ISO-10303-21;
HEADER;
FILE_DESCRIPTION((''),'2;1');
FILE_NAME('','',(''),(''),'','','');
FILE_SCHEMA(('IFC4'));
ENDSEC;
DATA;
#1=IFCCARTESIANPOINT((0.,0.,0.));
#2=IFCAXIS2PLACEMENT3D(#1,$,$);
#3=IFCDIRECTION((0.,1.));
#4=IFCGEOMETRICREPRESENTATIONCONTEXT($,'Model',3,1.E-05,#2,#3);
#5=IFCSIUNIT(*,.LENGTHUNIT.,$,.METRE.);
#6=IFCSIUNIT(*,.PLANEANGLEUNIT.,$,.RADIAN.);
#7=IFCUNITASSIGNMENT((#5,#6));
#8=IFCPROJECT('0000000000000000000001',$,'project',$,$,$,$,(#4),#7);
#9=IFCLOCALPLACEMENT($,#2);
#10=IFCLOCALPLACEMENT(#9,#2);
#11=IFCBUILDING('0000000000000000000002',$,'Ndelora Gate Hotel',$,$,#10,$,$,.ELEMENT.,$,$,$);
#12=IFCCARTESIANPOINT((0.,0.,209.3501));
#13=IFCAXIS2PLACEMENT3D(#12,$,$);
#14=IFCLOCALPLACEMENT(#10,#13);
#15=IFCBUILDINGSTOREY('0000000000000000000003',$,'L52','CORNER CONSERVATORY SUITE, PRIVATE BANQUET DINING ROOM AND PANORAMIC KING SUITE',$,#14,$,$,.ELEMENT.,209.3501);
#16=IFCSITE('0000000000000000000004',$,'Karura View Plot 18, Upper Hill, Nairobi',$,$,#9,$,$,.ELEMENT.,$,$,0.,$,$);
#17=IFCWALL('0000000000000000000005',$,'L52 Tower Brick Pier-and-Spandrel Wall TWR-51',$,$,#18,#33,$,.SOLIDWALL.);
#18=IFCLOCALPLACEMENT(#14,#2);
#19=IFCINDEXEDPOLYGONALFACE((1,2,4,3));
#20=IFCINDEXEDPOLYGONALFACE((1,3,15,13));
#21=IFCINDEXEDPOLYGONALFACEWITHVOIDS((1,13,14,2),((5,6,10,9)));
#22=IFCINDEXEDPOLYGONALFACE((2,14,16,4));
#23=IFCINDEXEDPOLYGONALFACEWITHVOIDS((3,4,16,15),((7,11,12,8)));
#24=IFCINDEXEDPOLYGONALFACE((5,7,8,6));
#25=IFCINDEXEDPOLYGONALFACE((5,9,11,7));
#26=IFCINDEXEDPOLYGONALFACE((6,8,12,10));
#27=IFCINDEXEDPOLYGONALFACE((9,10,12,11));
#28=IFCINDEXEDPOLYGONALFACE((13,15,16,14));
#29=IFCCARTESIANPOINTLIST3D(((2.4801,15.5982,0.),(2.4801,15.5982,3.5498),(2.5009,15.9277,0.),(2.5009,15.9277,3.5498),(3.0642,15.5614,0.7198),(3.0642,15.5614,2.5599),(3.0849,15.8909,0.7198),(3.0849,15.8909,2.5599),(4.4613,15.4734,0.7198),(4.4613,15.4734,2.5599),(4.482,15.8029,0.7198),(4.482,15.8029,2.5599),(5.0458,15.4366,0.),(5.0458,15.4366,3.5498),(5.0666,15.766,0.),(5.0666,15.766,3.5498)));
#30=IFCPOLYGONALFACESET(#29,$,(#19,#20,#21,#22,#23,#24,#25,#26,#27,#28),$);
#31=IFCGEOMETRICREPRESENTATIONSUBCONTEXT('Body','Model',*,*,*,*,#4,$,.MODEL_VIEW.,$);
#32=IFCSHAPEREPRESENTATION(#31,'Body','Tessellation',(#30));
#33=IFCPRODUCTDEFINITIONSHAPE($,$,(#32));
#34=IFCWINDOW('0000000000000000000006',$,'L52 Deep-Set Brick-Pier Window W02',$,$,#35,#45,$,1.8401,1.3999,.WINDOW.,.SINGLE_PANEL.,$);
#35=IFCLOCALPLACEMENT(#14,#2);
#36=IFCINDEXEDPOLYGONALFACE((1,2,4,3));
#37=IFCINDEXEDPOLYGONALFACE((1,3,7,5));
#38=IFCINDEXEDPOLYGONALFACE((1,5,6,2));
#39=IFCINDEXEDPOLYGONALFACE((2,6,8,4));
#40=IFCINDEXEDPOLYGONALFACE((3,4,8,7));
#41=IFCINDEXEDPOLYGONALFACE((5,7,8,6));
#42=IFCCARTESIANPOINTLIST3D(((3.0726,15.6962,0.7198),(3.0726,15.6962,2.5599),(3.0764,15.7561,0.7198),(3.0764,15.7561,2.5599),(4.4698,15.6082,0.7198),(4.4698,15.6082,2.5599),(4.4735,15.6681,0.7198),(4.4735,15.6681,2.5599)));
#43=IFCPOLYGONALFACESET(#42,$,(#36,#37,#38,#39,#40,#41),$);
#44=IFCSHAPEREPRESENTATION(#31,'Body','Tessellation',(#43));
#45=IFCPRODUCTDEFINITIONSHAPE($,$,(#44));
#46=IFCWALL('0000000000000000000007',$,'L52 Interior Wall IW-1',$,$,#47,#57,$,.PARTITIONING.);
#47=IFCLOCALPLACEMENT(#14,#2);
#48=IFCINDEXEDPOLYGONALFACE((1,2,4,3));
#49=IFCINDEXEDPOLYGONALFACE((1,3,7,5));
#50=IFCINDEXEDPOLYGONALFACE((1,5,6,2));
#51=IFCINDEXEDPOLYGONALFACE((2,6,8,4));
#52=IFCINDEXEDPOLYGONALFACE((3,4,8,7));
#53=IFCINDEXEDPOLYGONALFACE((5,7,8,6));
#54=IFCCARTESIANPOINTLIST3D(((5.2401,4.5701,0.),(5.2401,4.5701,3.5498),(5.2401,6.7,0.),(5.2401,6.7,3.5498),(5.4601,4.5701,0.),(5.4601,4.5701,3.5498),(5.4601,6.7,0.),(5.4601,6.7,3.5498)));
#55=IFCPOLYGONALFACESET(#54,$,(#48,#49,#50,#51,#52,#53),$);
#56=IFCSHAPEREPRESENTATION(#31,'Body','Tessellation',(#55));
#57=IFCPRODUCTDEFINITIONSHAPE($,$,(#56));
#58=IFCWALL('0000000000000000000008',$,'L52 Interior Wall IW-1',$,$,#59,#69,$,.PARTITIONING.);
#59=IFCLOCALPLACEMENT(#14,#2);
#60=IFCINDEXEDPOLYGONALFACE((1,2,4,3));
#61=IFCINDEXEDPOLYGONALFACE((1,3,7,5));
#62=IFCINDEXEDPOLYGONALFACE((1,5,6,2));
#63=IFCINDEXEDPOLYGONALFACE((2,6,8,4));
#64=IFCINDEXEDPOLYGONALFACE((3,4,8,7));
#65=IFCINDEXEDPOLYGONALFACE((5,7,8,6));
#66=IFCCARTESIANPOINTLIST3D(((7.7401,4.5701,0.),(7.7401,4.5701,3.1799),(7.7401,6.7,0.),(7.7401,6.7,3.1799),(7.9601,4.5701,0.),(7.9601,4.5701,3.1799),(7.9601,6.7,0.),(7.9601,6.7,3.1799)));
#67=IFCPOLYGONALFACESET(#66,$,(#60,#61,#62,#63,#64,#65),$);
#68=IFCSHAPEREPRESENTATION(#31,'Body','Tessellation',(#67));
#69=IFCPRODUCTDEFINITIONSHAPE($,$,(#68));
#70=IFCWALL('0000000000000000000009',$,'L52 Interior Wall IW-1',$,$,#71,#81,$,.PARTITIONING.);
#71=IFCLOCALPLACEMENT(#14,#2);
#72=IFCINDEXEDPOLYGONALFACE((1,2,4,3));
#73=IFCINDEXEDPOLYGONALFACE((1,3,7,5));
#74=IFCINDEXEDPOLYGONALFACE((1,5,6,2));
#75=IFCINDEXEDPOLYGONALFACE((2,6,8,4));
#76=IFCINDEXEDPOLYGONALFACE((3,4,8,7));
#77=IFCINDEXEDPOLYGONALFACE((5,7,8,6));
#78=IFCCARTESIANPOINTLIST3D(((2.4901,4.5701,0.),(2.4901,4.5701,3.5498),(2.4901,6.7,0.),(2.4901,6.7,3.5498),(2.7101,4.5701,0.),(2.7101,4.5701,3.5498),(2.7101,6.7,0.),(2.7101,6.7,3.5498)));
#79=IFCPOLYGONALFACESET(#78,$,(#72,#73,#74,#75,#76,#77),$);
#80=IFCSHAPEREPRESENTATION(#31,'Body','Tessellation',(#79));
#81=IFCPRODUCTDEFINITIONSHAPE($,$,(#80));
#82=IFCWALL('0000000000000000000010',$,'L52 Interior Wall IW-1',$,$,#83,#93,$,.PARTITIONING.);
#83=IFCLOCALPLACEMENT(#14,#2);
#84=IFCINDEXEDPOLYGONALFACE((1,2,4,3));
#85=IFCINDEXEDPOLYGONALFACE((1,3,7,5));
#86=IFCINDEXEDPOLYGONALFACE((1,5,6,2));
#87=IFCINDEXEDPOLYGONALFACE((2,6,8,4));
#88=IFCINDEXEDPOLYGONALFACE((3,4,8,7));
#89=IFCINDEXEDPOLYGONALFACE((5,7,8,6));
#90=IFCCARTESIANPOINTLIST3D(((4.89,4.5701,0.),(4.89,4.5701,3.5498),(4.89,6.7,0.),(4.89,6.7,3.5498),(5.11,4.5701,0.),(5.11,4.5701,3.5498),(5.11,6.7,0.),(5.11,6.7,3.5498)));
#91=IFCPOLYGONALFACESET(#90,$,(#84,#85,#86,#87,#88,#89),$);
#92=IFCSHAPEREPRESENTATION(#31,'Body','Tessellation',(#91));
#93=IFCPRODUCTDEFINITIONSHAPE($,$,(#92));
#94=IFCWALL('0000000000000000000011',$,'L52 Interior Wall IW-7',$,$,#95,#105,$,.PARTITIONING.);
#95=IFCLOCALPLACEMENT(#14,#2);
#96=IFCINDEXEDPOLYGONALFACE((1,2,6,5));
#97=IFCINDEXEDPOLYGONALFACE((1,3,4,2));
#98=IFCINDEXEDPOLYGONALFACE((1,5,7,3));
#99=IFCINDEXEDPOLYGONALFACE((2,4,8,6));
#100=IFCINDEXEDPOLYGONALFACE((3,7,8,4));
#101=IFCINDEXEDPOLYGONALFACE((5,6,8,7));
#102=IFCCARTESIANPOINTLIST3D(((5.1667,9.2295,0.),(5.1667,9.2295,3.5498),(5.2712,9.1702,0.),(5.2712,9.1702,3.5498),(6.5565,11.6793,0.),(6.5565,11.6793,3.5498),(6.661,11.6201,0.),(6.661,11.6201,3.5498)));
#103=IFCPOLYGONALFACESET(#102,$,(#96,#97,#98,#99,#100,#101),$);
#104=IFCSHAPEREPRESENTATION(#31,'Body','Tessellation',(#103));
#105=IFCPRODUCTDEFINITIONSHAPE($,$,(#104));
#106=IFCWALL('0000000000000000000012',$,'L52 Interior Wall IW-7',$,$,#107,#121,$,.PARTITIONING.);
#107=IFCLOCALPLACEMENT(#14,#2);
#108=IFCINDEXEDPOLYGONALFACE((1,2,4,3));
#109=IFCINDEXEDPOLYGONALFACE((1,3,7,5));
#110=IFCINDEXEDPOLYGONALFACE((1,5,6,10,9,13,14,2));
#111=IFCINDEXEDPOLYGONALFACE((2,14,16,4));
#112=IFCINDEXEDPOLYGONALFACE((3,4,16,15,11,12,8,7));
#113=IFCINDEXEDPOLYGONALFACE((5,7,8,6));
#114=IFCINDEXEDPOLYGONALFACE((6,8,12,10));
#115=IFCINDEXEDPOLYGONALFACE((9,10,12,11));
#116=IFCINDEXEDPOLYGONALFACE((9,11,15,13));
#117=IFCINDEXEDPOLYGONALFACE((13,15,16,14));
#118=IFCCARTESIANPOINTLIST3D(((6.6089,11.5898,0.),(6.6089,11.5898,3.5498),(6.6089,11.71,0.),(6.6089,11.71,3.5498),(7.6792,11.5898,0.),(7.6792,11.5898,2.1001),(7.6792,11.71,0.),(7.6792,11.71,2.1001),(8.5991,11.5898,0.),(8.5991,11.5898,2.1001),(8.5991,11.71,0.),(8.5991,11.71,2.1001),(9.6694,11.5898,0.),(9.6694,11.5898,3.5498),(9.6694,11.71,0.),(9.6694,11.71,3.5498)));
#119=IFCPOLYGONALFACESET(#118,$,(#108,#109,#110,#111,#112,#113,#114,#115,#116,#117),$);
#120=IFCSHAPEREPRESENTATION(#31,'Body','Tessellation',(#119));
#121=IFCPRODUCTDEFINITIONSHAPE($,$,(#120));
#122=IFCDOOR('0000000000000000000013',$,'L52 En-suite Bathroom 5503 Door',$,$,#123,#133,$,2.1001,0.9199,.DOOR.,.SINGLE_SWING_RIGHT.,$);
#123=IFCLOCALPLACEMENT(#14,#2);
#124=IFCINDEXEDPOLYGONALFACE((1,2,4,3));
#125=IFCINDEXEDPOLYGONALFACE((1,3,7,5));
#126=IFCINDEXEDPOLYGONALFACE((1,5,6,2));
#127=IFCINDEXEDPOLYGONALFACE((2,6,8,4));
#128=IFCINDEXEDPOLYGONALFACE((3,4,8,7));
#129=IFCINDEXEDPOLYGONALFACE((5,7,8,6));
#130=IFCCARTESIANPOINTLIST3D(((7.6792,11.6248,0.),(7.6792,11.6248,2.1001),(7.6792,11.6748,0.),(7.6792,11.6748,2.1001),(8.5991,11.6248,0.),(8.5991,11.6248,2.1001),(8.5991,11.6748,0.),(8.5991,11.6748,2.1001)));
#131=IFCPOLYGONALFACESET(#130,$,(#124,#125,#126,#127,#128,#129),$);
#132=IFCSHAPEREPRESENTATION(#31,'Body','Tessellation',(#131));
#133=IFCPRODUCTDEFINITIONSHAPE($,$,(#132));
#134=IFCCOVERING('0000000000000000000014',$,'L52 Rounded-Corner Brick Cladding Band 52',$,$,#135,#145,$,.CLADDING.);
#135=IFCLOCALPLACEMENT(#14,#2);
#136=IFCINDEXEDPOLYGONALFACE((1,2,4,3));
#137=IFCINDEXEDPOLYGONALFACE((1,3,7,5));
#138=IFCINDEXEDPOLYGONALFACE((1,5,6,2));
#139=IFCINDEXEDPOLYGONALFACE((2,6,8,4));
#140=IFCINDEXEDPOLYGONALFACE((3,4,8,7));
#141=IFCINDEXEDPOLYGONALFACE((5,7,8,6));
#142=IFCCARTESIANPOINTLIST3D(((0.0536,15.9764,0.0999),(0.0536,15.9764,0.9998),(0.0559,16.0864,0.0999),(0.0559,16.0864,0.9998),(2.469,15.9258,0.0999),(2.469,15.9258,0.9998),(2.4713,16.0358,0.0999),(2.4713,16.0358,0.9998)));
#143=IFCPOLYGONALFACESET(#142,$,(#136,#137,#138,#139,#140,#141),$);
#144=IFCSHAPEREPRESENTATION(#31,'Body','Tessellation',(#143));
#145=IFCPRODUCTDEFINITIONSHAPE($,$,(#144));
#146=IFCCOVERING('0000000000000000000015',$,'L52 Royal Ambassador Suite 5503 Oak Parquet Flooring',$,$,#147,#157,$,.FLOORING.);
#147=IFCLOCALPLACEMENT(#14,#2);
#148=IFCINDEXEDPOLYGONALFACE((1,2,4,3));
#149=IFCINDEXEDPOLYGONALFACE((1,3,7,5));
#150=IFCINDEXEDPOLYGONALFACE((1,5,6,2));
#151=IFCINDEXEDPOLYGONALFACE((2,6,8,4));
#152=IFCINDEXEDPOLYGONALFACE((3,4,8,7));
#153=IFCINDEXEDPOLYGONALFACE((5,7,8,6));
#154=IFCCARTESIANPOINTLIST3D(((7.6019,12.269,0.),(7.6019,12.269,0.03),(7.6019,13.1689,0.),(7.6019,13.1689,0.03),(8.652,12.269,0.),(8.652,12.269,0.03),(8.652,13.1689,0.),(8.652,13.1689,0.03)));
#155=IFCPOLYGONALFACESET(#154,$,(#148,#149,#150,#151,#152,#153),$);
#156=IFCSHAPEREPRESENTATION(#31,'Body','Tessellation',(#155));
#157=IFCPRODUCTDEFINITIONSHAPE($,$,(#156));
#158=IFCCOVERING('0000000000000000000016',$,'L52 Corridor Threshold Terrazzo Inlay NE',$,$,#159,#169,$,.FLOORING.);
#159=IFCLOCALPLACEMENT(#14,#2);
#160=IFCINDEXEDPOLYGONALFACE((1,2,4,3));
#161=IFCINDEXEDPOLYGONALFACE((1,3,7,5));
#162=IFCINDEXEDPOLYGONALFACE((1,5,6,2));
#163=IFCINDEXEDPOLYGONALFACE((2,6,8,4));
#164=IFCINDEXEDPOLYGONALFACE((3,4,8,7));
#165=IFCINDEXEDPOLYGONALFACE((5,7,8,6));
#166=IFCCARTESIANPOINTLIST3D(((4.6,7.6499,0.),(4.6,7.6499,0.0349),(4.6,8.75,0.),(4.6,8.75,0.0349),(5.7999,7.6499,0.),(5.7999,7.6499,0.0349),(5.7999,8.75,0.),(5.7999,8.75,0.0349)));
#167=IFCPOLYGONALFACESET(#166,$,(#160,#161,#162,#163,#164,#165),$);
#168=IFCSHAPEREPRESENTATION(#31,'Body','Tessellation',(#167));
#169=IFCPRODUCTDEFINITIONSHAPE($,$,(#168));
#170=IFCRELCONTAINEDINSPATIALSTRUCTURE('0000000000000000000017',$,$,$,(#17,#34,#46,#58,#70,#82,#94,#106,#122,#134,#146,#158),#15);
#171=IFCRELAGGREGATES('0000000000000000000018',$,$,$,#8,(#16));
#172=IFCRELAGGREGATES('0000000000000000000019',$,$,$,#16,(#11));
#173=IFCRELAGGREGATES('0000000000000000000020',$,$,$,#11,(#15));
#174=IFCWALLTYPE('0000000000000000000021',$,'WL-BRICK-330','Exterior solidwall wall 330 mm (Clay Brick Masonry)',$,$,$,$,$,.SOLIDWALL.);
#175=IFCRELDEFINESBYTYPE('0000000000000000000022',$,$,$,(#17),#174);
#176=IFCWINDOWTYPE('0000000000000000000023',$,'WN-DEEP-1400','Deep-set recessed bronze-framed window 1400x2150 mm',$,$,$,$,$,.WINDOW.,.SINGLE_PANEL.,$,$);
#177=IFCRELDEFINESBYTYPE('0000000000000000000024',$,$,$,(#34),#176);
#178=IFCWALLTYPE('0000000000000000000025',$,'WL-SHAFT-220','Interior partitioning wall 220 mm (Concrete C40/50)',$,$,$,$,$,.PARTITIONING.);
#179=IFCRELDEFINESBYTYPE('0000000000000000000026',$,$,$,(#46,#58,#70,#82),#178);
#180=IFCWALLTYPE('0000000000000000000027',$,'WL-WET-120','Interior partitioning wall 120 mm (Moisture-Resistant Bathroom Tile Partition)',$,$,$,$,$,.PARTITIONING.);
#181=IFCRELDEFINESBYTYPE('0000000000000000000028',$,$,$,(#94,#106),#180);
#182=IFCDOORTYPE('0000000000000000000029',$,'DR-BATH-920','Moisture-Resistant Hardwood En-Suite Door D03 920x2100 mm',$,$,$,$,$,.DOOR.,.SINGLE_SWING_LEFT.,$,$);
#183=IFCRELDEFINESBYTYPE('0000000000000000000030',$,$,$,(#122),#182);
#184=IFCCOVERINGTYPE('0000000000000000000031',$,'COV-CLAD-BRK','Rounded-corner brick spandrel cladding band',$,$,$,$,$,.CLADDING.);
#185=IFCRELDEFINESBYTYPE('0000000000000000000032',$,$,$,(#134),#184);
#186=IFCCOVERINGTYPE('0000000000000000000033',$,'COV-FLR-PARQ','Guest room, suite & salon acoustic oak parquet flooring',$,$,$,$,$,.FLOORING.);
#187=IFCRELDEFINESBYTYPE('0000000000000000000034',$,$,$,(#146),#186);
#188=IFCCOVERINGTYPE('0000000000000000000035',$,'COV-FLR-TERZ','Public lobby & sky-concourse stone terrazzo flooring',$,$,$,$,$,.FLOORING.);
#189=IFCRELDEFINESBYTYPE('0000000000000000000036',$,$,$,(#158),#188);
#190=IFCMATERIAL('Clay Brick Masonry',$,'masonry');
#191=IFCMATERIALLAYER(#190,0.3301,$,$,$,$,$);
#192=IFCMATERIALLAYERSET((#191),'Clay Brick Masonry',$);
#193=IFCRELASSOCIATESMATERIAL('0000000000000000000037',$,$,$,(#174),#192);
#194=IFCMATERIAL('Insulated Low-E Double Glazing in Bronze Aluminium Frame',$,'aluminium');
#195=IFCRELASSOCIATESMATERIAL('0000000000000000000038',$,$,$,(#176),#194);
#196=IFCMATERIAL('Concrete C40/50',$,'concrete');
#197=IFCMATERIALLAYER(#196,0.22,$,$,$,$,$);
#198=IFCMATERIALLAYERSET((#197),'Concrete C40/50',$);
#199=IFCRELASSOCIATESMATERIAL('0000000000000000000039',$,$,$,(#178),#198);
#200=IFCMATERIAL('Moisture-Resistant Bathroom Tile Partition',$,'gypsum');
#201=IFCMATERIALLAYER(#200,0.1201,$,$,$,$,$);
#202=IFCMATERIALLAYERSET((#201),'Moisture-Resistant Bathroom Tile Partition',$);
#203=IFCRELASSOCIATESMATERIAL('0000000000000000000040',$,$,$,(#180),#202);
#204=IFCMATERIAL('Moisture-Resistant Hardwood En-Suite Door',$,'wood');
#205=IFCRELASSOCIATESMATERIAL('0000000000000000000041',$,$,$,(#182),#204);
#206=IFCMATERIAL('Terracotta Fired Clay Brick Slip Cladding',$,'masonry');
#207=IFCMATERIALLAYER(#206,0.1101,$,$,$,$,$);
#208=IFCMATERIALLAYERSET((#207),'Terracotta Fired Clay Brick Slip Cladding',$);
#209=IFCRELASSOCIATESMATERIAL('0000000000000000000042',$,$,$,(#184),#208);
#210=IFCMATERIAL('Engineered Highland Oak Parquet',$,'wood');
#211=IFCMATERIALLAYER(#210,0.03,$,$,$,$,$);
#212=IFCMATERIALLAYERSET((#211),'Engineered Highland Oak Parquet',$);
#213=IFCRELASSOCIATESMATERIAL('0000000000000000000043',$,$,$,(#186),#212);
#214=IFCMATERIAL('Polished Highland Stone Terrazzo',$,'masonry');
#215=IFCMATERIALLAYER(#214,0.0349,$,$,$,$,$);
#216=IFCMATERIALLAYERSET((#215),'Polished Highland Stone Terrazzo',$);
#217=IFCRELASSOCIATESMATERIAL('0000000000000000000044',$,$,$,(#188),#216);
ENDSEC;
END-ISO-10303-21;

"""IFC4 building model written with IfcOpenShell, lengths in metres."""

from ifc_helpers import new_model, si_unit, direction, frame, frame_2d, origin, origin_2d, place, context, subcontext, project, spatial, rectangle, extrude, material, layer, layer_set, type_object, element, fill, save


model = new_model("IFC4")

# Units and contexts
model_context = context("Model", 3, precision=1e-05, world=origin(), true_north=direction((0.0, 1.0)))
body_context = subcontext(model_context, "Body", "Model", "MODEL_VIEW")
ifc_project = project(units=[si_unit("LENGTHUNIT", "METRE"), si_unit("PLANEANGLEUNIT", "RADIAN")], contexts=[model_context])

# Site, building, storey
site_placement = place(None, origin())
site = spatial("IfcSite", under=ifc_project, at=site_placement, Name="Karura View Plot 18, Upper Hill, Nairobi", CompositionType="ELEMENT", RefElevation=0.0)
building_placement = place(site_placement, origin())
building = spatial("IfcBuilding", under=site, at=building_placement, Name="Ndelora Gate Hotel", CompositionType="ELEMENT")
storey_placement = place(building_placement, frame((0.0, 0.0, 209.3501)))
storey = spatial("IfcBuildingStorey", under=building, at=storey_placement, Name="L52", Description="CORNER CONSERVATORY SUITE, PRIVATE BANQUET DINING ROOM AND PANORAMIC KING SUITE", CompositionType="ELEMENT", Elevation=209.3501)

# Wall, opening, window
ifc_material_1 = material(Name="Clay Brick Masonry", Category="masonry")
ifc_layer_1 = layer(ifc_material_1, 0.3301)
ifc_layer_set_1 = layer_set([ifc_layer_1], Name="Clay Brick Masonry")
wall_type_1 = type_object("IfcWallType", Name="WL-BRICK-330", Description="Exterior solidwall wall 330 mm (Clay Brick Masonry)", PredefinedType="SOLIDWALL", material=ifc_layer_set_1)
ifc_material_2 = material(Name="Insulated Low-E Double Glazing in Bronze Aluminium Frame", Category="aluminium")
window_type = type_object("IfcWindowType", Name="WN-DEEP-1400", Description="Deep-set recessed bronze-framed window 1400x2150 mm", PartitioningType="SINGLE_PANEL", PredefinedType="WINDOW", material=ifc_material_2)
wall_1_placement = place(storey_placement, frame((2.4905, 15.7629, 0.0), z_axis=(0.0, 0.0, 1.0), x_axis=(0.998022, -0.062869, 0.0)))
wall_1 = element("IfcWall", 1, at=wall_1_placement, inside=storey, type_object=wall_type_1, Name="L52 Tower Brick Pier-and-Spandrel Wall TWR-51", PredefinedType="SOLIDWALL", context=body_context, shape_type="SweptSolid", body=[
    extrude(rectangle(XDim=2.5708, YDim=0.3301, at=frame_2d((1.2854, 0.0))), origin(), (0.0, 0.0, 1.0), 3.5498),
])
opening_1_placement = place(wall_1_placement, frame((0.5852, 0.0, 0.72)))
opening_1 = element("IfcOpeningElement", 2, at=opening_1_placement, cuts=wall_1, PredefinedType="OPENING", context=body_context, shape_type="SweptSolid", body=[
    extrude(rectangle(XDim=1.3999, YDim=1.8401, at=frame_2d((0.7, 0.9199))), frame((0.0, 0.175, 0.0), z_axis=(0.0, -1.0, 0.0), x_axis=(1.0, 0.0, 0.0)), (0.0, 0.0, 1.0), 0.3501),
])
window_1_placement = place(opening_1_placement, origin())
window_1 = element("IfcWindow", 3, at=window_1_placement, inside=storey, type_object=window_type, Name="L52 Deep-Set Brick-Pier Window W02", OverallHeight=1.8401, OverallWidth=1.3999, PartitioningType="SINGLE_PANEL", PredefinedType="WINDOW", context=body_context, shape_type="SweptSolid", body=[
    extrude(rectangle(XDim=1.3999, YDim=1.8401, at=frame_2d((0.7, 0.9199))), frame((0.0, 0.03, 0.0), z_axis=(0.0, -1.0, 0.0), x_axis=(1.0, 0.0, 0.0)), (0.0, 0.0, 1.0), 0.0601),
])
fill(opening_1, window_1)

# Shared definitions
ifc_material_3 = material(Name="Concrete C40/50", Category="concrete")
ifc_layer_2 = layer(ifc_material_3, 0.22)
ifc_layer_set_2 = layer_set([ifc_layer_2], Name="Concrete C40/50")
wall_type_2 = type_object("IfcWallType", Name="WL-SHAFT-220", Description="Interior partitioning wall 220 mm (Concrete C40/50)", PredefinedType="PARTITIONING", material=ifc_layer_set_2)

# Walls
wall_2_placement = place(storey_placement, frame((5.3501, 4.5701, 0.0), z_axis=(0.0, 0.0, 1.0), x_axis=(0.0, 1.0, 0.0)))
element("IfcWall", 4, at=wall_2_placement, inside=storey, type_object=wall_type_2, Name="L52 Interior Wall IW-1", PredefinedType="PARTITIONING", context=body_context, shape_type="SweptSolid", body=[
    extrude(rectangle(XDim=2.1299, YDim=0.22, at=frame_2d((1.0649, 0.0))), origin(), (0.0, 0.0, 1.0), 3.5498),
])
wall_3_placement = place(storey_placement, frame((7.8501, 4.5701, 0.0), z_axis=(0.0, 0.0, 1.0), x_axis=(0.0, 1.0, 0.0)))
element("IfcWall", 5, at=wall_3_placement, inside=storey, type_object=wall_type_2, Name="L52 Interior Wall IW-1", PredefinedType="PARTITIONING", context=body_context, shape_type="SweptSolid", body=[
    extrude(rectangle(XDim=2.1299, YDim=0.22, at=frame_2d((1.0649, 0.0))), origin(), (0.0, 0.0, 1.0), 3.1799),
])

# Walls
for number, where, z_axis, x_axis, name in (
    (6, (2.6001, 4.5701, 0.0), (0.0, 0.0, 1.0), (0.0, 1.0, 0.0), "L52 Interior Wall IW-1"),
    (7, (5.0, 4.5701, 0.0), (0.0, 0.0, 1.0), (0.0, 1.0, 0.0), "L52 Interior Wall IW-1"),
):
    element("IfcWall", number, at=place(storey_placement, frame(where, z_axis=z_axis, x_axis=x_axis)), inside=storey, type_object=wall_type_2, Name=name, PredefinedType="PARTITIONING", context=body_context, shape_type="SweptSolid", body=[
        extrude(rectangle(XDim=2.1299, YDim=0.22, at=frame_2d((1.0649, 0.0))), origin(), (0.0, 0.0, 1.0), 3.5498),
    ])
ifc_material_4 = material(Name="Moisture-Resistant Bathroom Tile Partition", Category="gypsum")
ifc_layer_3 = layer(ifc_material_4, 0.1201)
ifc_layer_set_3 = layer_set([ifc_layer_3], Name="Moisture-Resistant Bathroom Tile Partition")
wall_type_3 = type_object("IfcWallType", Name="WL-WET-120", Description="Interior partitioning wall 120 mm (Moisture-Resistant Bathroom Tile Partition)", PredefinedType="PARTITIONING", material=ifc_layer_set_3)
wall_4_placement = place(storey_placement, frame((5.219, 9.2, 0.0), z_axis=(0.0, 0.0, 1.0), x_axis=(0.493439, 0.86978, 0.0)))
element("IfcWall", 8, at=wall_4_placement, inside=storey, type_object=wall_type_3, Name="L52 Interior Wall IW-7", PredefinedType="PARTITIONING", context=body_context, shape_type="SweptSolid", body=[
    extrude(rectangle(XDim=2.8167, YDim=0.1201, at=frame_2d((1.4082, 0.0))), origin(), (0.0, 0.0, 1.0), 3.5498),
])

# Wall, opening, door
wall_5_placement = place(storey_placement, frame((6.6089, 11.6499, 0.0), z_axis=(0.0, 0.0, 1.0), x_axis=(1.0, 0.0, 0.0)))
wall_5 = element("IfcWall", 9, at=wall_5_placement, inside=storey, type_object=wall_type_3, Name="L52 Interior Wall IW-7", PredefinedType="PARTITIONING", context=body_context, shape_type="SweptSolid", body=[
    extrude(rectangle(XDim=3.0605, YDim=0.1201, at=frame_2d((1.5303, 0.0))), origin(), (0.0, 0.0, 1.0), 3.5498),
])
opening_2_placement = place(wall_5_placement, frame((1.0703, 0.0, 0.0)))
opening_2 = element("IfcOpeningElement", 10, at=opening_2_placement, cuts=wall_5, PredefinedType="OPENING", context=body_context, shape_type="SweptSolid", body=[
    extrude(rectangle(XDim=0.9199, YDim=2.1001, at=frame_2d((0.46, 1.05))), frame((0.0, 0.0701, 0.0), z_axis=(0.0, -1.0, 0.0), x_axis=(1.0, 0.0, 0.0)), (0.0, 0.0, 1.0), 0.1401),
])
ifc_material_5 = material(Name="Moisture-Resistant Hardwood En-Suite Door", Category="wood")
door_type_1 = type_object("IfcDoorType", Name="DR-BATH-920", Description="Moisture-Resistant Hardwood En-Suite Door D03 920x2100 mm", OperationType="SINGLE_SWING_LEFT", PredefinedType="DOOR", material=ifc_material_5)
door_1_placement = place(opening_2_placement, origin())
door_1 = element("IfcDoor", 11, at=door_1_placement, inside=storey, type_object=door_type_1, Name="L52 En-suite Bathroom 5503 Door", OperationType="SINGLE_SWING_RIGHT", OverallHeight=2.1001, OverallWidth=0.9199, PredefinedType="DOOR", context=body_context, shape_type="SweptSolid", body=[
    extrude(rectangle(XDim=0.9199, YDim=2.1001, at=frame_2d((0.46, 1.05))), frame((0.0, 0.0249, 0.0), z_axis=(0.0, -1.0, 0.0), x_axis=(1.0, 0.0, 0.0)), (0.0, 0.0, 1.0), 0.05),
])
fill(opening_2, door_1)

# Coverings
ifc_material_6 = material(Name="Terracotta Fired Clay Brick Slip Cladding", Category="masonry")
ifc_layer_4 = layer(ifc_material_6, 0.1101)
ifc_layer_set_4 = layer_set([ifc_layer_4], Name="Terracotta Fired Clay Brick Slip Cladding")
covering_type_1 = type_object("IfcCoveringType", Name="COV-CLAD-BRK", Description="Rounded-corner brick spandrel cladding band", PredefinedType="CLADDING", material=ifc_layer_set_4)
covering_1_placement = place(storey_placement, frame((1.2625, 16.0061, 0.0999), z_axis=(0.0, 0.0, 1.0), x_axis=(-0.999781, 0.020942, 0.0)))
element("IfcCovering", 12, at=covering_1_placement, inside=storey, type_object=covering_type_1, Name="L52 Rounded-Corner Brick Cladding Band 52", PredefinedType="CLADDING", context=body_context, shape_type="SweptSolid", body=[
    extrude(rectangle(XDim=2.416, YDim=0.1101, at=origin_2d()), origin(), (0.0, 0.0, 1.0), 0.8999),
])
ifc_material_7 = material(Name="Engineered Highland Oak Parquet", Category="wood")
ifc_layer_5 = layer(ifc_material_7, 0.03)
ifc_layer_set_5 = layer_set([ifc_layer_5], Name="Engineered Highland Oak Parquet")
covering_type_2 = type_object("IfcCoveringType", Name="COV-FLR-PARQ", Description="Guest room, suite & salon acoustic oak parquet flooring", PredefinedType="FLOORING", material=ifc_layer_set_5)
covering_2_placement = place(storey_placement, frame((8.127, 12.719, 0.0), z_axis=(0.0, 0.0, 1.0), x_axis=(1.0, 0.0, 0.0)))
element("IfcCovering", 13, at=covering_2_placement, inside=storey, type_object=covering_type_2, Name="L52 Royal Ambassador Suite 5503 Oak Parquet Flooring", PredefinedType="FLOORING", context=body_context, shape_type="SweptSolid", body=[
    extrude(rectangle(XDim=1.05, YDim=0.8999, at=origin_2d()), origin(), (0.0, 0.0, 1.0), 0.03),
])
ifc_material_8 = material(Name="Polished Highland Stone Terrazzo", Category="masonry")
ifc_layer_6 = layer(ifc_material_8, 0.0349)
ifc_layer_set_6 = layer_set([ifc_layer_6], Name="Polished Highland Stone Terrazzo")
covering_type_3 = type_object("IfcCoveringType", Name="COV-FLR-TERZ", Description="Public lobby & sky-concourse stone terrazzo flooring", PredefinedType="FLOORING", material=ifc_layer_set_6)
covering_3_placement = place(storey_placement, frame((5.2, 8.2, 0.0), z_axis=(0.0, 0.0, 1.0), x_axis=(1.0, 0.0, 0.0)))
element("IfcCovering", 14, at=covering_3_placement, inside=storey, type_object=covering_type_3, Name="L52 Corridor Threshold Terrazzo Inlay NE", PredefinedType="FLOORING", context=body_context, shape_type="SweptSolid", body=[
    extrude(rectangle(XDim=1.2, YDim=1.1001, at=origin_2d()), origin(), (0.0, 0.0, 1.0), 0.0349),
])

save(model, "model.ifc")
